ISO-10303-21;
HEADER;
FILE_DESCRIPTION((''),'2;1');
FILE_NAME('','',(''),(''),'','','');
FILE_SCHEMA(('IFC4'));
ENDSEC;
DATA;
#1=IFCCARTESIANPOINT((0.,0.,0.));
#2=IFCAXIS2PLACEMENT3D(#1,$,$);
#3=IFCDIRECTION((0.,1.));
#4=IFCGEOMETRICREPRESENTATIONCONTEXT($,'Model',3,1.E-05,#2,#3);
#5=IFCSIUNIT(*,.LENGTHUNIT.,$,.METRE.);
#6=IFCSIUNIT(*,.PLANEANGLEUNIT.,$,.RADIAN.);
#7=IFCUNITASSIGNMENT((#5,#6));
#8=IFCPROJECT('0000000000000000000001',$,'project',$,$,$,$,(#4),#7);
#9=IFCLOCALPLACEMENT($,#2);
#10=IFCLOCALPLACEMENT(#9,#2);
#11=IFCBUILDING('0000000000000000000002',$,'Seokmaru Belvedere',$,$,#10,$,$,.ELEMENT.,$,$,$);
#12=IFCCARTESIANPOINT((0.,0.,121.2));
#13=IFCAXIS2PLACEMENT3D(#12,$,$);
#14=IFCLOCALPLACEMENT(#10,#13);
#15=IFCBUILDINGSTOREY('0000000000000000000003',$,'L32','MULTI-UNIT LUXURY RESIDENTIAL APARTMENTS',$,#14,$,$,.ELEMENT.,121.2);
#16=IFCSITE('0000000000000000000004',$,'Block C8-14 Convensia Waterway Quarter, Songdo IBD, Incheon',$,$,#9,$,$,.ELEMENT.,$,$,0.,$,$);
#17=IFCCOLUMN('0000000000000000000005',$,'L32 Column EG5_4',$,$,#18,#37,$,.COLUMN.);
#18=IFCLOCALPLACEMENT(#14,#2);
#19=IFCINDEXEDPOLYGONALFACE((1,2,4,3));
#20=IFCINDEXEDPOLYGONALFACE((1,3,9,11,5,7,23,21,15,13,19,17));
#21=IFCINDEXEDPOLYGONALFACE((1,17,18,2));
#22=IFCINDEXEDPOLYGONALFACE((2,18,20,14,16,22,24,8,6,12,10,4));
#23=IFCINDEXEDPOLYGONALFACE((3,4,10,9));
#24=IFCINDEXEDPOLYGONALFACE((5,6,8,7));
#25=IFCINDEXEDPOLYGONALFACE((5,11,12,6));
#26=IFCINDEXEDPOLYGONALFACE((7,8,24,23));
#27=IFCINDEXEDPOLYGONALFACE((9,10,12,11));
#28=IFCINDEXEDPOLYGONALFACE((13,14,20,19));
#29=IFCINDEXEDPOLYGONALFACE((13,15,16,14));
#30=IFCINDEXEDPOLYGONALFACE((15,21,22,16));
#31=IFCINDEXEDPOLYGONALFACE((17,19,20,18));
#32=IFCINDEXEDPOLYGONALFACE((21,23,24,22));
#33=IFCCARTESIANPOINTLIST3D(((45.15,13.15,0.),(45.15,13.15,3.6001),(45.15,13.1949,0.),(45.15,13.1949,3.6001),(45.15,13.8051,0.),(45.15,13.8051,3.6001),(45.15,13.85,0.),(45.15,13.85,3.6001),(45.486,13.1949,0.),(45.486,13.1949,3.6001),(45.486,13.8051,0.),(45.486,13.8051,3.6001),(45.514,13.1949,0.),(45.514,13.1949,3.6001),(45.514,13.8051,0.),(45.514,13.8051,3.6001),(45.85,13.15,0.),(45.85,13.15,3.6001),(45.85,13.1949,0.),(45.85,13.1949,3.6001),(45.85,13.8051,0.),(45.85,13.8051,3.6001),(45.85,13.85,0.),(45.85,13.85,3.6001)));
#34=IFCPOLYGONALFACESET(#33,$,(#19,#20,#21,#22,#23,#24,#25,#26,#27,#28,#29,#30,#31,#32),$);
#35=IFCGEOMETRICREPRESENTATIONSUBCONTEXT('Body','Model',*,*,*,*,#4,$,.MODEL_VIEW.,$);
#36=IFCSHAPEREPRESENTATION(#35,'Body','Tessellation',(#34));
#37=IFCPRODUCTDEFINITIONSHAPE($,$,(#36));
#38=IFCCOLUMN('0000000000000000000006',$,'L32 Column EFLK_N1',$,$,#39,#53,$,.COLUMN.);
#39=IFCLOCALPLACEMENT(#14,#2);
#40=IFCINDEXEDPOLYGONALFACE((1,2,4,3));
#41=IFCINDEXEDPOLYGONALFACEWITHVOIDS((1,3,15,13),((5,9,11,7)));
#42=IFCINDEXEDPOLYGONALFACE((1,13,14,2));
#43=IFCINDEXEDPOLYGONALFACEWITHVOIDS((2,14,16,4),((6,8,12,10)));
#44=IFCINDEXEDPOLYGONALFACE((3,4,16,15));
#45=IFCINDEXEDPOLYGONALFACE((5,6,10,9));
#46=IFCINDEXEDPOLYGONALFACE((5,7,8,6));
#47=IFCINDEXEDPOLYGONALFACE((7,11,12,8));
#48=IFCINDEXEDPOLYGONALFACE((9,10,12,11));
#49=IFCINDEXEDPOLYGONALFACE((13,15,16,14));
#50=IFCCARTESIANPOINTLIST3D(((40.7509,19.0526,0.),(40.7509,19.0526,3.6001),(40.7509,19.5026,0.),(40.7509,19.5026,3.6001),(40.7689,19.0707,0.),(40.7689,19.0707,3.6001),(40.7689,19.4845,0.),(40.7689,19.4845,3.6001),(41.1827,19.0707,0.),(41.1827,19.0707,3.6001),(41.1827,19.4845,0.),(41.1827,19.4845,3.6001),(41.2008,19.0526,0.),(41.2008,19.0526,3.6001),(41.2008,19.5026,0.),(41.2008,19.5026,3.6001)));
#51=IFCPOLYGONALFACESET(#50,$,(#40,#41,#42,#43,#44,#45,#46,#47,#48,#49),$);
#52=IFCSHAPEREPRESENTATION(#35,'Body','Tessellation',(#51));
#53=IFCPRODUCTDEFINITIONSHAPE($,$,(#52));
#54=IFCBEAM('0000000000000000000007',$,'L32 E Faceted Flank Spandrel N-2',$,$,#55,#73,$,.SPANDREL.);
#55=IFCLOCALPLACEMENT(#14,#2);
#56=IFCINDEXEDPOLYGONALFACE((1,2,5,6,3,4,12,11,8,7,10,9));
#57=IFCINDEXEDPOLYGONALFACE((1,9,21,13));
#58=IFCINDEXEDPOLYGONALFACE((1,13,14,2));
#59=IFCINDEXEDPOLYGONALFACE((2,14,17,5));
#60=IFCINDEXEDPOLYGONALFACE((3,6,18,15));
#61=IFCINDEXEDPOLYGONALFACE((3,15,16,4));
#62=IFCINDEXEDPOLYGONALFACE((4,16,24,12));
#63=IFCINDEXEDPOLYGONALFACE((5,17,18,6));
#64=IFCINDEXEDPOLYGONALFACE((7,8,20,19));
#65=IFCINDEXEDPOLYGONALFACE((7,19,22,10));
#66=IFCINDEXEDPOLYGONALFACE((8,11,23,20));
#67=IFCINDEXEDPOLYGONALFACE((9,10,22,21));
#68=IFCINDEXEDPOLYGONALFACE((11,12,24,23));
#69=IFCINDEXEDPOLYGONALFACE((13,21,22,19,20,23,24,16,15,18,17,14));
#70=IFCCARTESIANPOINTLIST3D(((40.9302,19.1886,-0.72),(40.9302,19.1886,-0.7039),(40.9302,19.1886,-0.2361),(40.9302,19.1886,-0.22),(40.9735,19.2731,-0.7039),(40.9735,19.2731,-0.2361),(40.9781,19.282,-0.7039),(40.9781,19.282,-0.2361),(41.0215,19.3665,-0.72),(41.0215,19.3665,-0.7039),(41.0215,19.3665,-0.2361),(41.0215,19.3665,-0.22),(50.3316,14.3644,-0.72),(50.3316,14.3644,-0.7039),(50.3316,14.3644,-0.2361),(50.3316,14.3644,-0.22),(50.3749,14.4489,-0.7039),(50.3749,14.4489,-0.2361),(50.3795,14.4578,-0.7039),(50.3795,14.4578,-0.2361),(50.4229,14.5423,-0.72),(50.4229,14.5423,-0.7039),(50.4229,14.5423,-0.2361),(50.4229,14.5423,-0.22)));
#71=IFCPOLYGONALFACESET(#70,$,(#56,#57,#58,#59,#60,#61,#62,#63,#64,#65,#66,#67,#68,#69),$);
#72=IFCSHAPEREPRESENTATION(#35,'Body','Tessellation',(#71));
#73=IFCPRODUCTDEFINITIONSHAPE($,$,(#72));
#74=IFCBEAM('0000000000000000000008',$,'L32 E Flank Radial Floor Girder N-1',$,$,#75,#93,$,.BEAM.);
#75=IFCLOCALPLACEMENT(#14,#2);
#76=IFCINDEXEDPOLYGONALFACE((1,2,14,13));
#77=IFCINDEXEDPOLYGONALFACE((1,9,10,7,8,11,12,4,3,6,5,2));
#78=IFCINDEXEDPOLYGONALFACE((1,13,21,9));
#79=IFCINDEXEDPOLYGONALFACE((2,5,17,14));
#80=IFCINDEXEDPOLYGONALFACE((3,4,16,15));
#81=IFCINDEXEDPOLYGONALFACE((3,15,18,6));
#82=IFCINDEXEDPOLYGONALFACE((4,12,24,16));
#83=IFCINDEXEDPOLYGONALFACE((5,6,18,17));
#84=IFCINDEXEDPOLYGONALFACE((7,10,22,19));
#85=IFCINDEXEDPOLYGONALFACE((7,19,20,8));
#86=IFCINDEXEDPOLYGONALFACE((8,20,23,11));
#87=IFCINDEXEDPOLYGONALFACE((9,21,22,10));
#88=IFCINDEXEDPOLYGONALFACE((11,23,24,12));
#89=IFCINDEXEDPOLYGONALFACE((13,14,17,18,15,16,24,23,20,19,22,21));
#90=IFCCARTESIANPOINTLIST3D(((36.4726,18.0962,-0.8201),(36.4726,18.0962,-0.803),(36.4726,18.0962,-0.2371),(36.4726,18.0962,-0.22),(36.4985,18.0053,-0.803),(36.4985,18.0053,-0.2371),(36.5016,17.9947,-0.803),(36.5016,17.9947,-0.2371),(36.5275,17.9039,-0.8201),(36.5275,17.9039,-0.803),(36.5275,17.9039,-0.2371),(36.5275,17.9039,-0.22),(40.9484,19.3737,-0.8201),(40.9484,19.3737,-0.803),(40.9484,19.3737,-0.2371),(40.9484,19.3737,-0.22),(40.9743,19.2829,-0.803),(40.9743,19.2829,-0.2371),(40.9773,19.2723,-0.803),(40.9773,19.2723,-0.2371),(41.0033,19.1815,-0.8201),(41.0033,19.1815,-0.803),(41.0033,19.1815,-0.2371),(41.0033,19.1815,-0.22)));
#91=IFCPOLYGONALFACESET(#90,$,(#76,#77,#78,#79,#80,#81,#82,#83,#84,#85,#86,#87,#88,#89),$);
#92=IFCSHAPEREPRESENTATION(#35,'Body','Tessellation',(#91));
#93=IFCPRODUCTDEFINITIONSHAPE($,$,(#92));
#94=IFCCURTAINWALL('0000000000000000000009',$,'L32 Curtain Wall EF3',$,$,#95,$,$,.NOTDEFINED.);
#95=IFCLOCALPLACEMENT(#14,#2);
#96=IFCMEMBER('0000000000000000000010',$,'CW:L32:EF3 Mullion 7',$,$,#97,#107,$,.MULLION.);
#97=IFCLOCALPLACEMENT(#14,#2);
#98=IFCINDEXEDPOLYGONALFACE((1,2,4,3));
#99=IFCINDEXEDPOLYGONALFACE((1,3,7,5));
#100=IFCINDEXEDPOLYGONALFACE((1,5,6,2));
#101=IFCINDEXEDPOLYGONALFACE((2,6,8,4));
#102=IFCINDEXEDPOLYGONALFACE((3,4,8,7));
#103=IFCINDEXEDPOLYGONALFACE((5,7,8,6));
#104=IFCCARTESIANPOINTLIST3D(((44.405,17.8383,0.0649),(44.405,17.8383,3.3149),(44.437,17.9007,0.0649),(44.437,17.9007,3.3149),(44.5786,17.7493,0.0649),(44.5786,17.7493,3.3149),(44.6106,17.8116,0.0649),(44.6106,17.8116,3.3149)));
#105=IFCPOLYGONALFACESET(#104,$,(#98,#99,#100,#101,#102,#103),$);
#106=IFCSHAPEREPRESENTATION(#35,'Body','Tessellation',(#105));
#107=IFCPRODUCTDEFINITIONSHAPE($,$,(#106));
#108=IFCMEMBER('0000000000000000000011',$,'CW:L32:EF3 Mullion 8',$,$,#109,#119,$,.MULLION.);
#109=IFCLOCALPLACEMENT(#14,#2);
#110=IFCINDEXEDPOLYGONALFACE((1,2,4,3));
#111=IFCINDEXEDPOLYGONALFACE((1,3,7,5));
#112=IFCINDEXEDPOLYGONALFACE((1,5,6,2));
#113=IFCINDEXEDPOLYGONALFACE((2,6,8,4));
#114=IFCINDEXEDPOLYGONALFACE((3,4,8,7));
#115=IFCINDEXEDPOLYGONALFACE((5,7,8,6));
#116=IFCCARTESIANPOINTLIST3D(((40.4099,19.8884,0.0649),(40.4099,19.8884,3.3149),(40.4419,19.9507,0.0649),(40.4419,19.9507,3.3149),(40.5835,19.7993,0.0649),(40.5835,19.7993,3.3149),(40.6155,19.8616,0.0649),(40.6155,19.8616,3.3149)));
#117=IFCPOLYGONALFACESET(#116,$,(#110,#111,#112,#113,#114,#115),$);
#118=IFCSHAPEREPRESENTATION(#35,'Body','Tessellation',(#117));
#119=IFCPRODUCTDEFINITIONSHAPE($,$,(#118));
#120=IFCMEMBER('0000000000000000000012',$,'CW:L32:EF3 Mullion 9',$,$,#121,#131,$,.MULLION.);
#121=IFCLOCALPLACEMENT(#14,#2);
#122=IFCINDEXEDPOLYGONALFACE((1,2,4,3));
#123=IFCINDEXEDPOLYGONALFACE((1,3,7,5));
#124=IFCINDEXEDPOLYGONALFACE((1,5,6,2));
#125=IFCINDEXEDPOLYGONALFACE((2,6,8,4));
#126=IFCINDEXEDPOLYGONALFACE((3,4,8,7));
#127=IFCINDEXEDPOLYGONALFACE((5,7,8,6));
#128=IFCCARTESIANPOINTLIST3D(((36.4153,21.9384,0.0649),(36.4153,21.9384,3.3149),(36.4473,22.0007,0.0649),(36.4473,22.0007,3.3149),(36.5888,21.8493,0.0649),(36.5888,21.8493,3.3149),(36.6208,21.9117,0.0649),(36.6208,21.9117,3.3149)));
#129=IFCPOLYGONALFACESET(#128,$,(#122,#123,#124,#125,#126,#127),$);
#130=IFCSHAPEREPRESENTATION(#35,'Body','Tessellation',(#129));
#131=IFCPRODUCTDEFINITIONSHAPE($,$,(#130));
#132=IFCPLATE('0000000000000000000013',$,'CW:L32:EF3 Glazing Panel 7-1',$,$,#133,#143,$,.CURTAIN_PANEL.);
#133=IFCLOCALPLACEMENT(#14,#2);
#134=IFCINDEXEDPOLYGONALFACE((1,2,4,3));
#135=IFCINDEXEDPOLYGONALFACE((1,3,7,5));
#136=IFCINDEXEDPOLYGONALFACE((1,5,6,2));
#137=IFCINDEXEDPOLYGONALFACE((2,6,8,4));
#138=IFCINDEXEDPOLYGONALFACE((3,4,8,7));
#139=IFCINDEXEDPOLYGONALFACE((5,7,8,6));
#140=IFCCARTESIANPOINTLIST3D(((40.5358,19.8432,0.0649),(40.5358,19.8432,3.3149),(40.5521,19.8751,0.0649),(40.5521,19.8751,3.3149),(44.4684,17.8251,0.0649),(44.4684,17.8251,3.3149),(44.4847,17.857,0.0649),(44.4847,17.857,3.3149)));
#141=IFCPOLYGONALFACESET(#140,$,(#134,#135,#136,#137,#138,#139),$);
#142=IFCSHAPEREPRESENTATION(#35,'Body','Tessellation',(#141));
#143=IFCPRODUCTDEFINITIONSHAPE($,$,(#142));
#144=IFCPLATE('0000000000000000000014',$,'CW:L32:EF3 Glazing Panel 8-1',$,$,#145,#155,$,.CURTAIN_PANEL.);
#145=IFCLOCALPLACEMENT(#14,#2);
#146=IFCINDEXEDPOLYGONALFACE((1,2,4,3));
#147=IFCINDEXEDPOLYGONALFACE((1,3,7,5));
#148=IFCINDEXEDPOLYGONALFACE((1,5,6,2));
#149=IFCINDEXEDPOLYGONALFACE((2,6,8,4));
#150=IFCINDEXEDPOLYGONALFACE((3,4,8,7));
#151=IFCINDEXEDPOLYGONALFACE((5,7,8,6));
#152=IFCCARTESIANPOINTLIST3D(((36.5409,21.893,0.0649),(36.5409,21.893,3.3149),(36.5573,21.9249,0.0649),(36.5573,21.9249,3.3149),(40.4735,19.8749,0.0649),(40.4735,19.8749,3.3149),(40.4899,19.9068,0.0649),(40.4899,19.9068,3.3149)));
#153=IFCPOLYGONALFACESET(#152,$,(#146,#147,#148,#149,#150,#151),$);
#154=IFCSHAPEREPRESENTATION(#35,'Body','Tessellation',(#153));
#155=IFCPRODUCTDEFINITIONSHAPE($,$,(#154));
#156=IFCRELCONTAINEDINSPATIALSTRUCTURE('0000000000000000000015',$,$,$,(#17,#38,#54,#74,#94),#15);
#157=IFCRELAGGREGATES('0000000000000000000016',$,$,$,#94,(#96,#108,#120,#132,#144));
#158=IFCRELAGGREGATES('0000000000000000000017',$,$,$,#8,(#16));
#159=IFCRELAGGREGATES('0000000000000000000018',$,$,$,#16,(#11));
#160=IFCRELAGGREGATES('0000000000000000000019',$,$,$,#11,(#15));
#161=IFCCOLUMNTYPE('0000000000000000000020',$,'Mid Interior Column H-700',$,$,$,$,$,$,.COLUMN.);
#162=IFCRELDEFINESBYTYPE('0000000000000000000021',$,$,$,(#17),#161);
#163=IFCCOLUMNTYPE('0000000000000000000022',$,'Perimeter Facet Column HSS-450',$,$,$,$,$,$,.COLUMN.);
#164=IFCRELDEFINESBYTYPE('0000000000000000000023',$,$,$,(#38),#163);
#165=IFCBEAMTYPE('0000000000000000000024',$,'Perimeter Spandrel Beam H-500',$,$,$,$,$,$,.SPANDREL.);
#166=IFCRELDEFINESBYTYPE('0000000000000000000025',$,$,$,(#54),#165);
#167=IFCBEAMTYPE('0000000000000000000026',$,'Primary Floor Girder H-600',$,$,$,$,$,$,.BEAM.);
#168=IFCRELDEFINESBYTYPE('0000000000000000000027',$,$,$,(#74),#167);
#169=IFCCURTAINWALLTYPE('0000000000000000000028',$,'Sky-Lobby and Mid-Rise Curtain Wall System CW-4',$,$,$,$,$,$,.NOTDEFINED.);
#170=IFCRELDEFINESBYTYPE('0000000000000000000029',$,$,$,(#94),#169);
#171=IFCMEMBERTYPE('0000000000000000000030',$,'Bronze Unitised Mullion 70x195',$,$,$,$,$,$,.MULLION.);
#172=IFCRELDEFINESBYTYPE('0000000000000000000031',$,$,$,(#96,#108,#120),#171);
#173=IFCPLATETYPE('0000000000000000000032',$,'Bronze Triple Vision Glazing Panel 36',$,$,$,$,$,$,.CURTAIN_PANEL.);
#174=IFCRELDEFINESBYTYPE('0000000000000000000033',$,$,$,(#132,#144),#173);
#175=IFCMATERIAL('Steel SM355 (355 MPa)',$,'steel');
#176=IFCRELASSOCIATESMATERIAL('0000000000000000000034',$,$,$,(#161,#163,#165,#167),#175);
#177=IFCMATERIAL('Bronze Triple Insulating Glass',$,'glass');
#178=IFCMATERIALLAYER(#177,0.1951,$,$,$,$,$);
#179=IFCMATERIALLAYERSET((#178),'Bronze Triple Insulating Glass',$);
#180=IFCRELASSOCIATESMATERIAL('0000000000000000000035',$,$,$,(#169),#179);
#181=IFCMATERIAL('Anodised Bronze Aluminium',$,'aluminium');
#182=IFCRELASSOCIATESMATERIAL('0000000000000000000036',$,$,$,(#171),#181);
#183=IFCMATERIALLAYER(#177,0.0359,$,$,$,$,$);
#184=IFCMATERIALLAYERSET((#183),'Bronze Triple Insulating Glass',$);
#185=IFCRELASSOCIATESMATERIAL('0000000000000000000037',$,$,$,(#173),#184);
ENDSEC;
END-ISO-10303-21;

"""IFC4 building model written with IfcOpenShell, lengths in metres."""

from ifc_helpers import new_model, si_unit, direction, frame, origin, origin_2d, place, context, subcontext, project, spatial, rectangle, hollow_rectangle, i_section, extrude, source, transform, mapped, material, layer, layer_set, material_profile, profile_set, type_object, type_shapes, element, aggregate, save


model = new_model("IFC4")

# Units and contexts
model_context = context("Model", 3, precision=1e-05, world=origin(), true_north=direction((0.0, 1.0)))
body_context = subcontext(model_context, "Body", "Model", "MODEL_VIEW")
ifc_project = project(units=[si_unit("LENGTHUNIT", "METRE"), si_unit("PLANEANGLEUNIT", "RADIAN")], contexts=[model_context])

# Site, building, storey
site_placement = place(None, origin())
site = spatial("IfcSite", under=ifc_project, at=site_placement, Name="Block C8-14 Convensia Waterway Quarter, Songdo IBD, Incheon", CompositionType="ELEMENT", RefElevation=0.0)
building_placement = place(site_placement, origin())
building = spatial("IfcBuilding", under=site, at=building_placement, Name="Seokmaru Belvedere", CompositionType="ELEMENT")
storey_placement = place(building_placement, frame((0.0, 0.0, 121.2)))
storey = spatial("IfcBuildingStorey", under=building, at=storey_placement, Name="L32", Description="MULTI-UNIT LUXURY RESIDENTIAL APARTMENTS", CompositionType="ELEMENT", Elevation=121.2)

# Columns
ifc_material_1 = material(Name="Steel SM355 (355 MPa)", Category="steel")
ifc_material_profile_1 = material_profile(ifc_material_1, i_section(OverallWidth=0.7, OverallDepth=0.7, WebThickness=0.0281, FlangeThickness=0.0449, at=origin_2d()), Name="H-700x700x28x45")
ifc_profile_set_1 = profile_set([ifc_material_profile_1], Name="Steel SM355 (355 MPa)")
column_type_1 = type_object("IfcColumnType", Name="Mid Interior Column H-700", PredefinedType="COLUMN", material=ifc_profile_set_1)
shared_shape_1 = source(origin(), body_context, "Body", "SweptSolid", [
    extrude(i_section(OverallWidth=0.7, OverallDepth=0.7, WebThickness=0.0281, FlangeThickness=0.0449, at=origin_2d()), origin(), (0.0, 0.0, 1.0), 3.6001),
])
type_shapes(column_type_1, [shared_shape_1])
column_1_placement = place(storey_placement, frame((45.5, 13.5, 0.0), z_axis=(0.0, 0.0, 1.0), x_axis=(1.0, 0.0, 0.0)))
element("IfcColumn", 1, at=column_1_placement, inside=storey, type_object=column_type_1, Name="L32 Column EG5_4", PredefinedType="COLUMN", context=body_context, shape_type="MappedRepresentation", body=[
    mapped(shared_shape_1, transform((0.0, 0.0, 0.0), scale=1.0)),
])
ifc_material_profile_2 = material_profile(ifc_material_1, hollow_rectangle(XDim=0.45, YDim=0.45, WallThickness=0.0181, at=origin_2d()), Name="HSS-450x450x18")
ifc_profile_set_2 = profile_set([ifc_material_profile_2], Name="Steel SM355 (355 MPa)")
column_type_2 = type_object("IfcColumnType", Name="Perimeter Facet Column HSS-450", PredefinedType="COLUMN", material=ifc_profile_set_2)
shared_shape_2 = source(origin(), body_context, "Body", "SweptSolid", [
    extrude(hollow_rectangle(XDim=0.45, YDim=0.45, WallThickness=0.0181, at=origin_2d()), origin(), (0.0, 0.0, 1.0), 3.6001),
])
type_shapes(column_type_2, [shared_shape_2])
column_2_placement = place(storey_placement, frame((40.9758, 19.2776, 0.0), z_axis=(0.0, 0.0, 1.0), x_axis=(1.0, 0.0, 0.0)))
element("IfcColumn", 2, at=column_2_placement, inside=storey, type_object=column_type_2, Name="L32 Column EFLK_N1", PredefinedType="COLUMN", context=body_context, shape_type="MappedRepresentation", body=[
    mapped(shared_shape_2, transform((0.0, 0.0, 0.0), scale=1.0)),
])

# Beams
ifc_material_profile_3 = material_profile(ifc_material_1, i_section(OverallWidth=0.2, OverallDepth=0.5, WebThickness=0.01, FlangeThickness=0.0161, at=origin_2d()), Name="H-500x200x10x16")
ifc_profile_set_3 = profile_set([ifc_material_profile_3], Name="Steel SM355 (355 MPa)")
beam_type_1 = type_object("IfcBeamType", Name="Perimeter Spandrel Beam H-500", PredefinedType="SPANDREL", material=ifc_profile_set_3)
shared_shape_3 = source(origin(), body_context, "Body", "SweptSolid", [
    extrude(i_section(OverallWidth=0.2, OverallDepth=0.5, WebThickness=0.01, FlangeThickness=0.0161, at=origin_2d()), origin(), (0.0, 0.0, 1.0), 10.5669),
])
type_shapes(beam_type_1, [shared_shape_3])
beam_1_placement = place(storey_placement, frame((40.9758, 19.2776, -0.47), z_axis=(0.889702, -0.456542, 0.0), x_axis=(0.456542, 0.889702, 0.0)))
element("IfcBeam", 3, at=beam_1_placement, inside=storey, type_object=beam_type_1, Name="L32 E Faceted Flank Spandrel N-2", PredefinedType="SPANDREL", context=body_context, shape_type="MappedRepresentation", body=[
    mapped(shared_shape_3, transform((0.0, 0.0, 0.0), scale=1.0)),
])
ifc_material_profile_4 = material_profile(ifc_material_1, i_section(OverallWidth=0.2, OverallDepth=0.6001, WebThickness=0.011, FlangeThickness=0.0171, at=origin_2d()), Name="H-600x200x11x17")
ifc_profile_set_4 = profile_set([ifc_material_profile_4], Name="Steel SM355 (355 MPa)")
beam_type_2 = type_object("IfcBeamType", Name="Primary Floor Girder H-600", PredefinedType="BEAM", material=ifc_profile_set_4)
shared_shape_4 = source(origin(), body_context, "Body", "SweptSolid", [
    extrude(i_section(OverallWidth=0.2, OverallDepth=0.6001, WebThickness=0.011, FlangeThickness=0.0171, at=origin_2d()), origin(), (0.0, 0.0, 1.0), 4.6545),
])
type_shapes(beam_type_2, [shared_shape_4])
beam_2_placement = place(storey_placement, frame((40.9758, 19.2776, -0.52), z_axis=(-0.961593, -0.274479, 0.0), x_axis=(0.274479, -0.961593, 0.0)))
element("IfcBeam", 4, at=beam_2_placement, inside=storey, type_object=beam_type_2, Name="L32 E Flank Radial Floor Girder N-1", PredefinedType="BEAM", context=body_context, shape_type="MappedRepresentation", body=[
    mapped(shared_shape_4, transform((0.0, 0.0, 0.0), scale=1.0)),
])

# Curtain wall, members, plates
ifc_material_2 = material(Name="Bronze Triple Insulating Glass", Category="glass")
ifc_layer_1 = layer(ifc_material_2, 0.1951)
ifc_layer_set_1 = layer_set([ifc_layer_1], Name="Bronze Triple Insulating Glass")
curtain_wall_type = type_object("IfcCurtainWallType", Name="Sky-Lobby and Mid-Rise Curtain Wall System CW-4", PredefinedType="NOTDEFINED", material=ifc_layer_set_1)
curtain_wall_placement = place(storey_placement, origin())
curtain_wall = element("IfcCurtainWall", 5, at=curtain_wall_placement, inside=storey, type_object=curtain_wall_type, Name="L32 Curtain Wall EF3", PredefinedType="NOTDEFINED")
ifc_material_3 = material(Name="Anodised Bronze Aluminium", Category="aluminium")
ifc_material_profile_5 = material_profile(ifc_material_3, rectangle(XDim=0.0701, YDim=0.1951, at=origin_2d()), Name="CW-M-70x195")
ifc_profile_set_5 = profile_set([ifc_material_profile_5], Name="Anodised Bronze Aluminium")
member_type = type_object("IfcMemberType", Name="Bronze Unitised Mullion 70x195", PredefinedType="MULLION", material=ifc_profile_set_5)
shared_shape_5 = source(origin(), body_context, "Body", "SweptSolid", [
    extrude(rectangle(XDim=0.0701, YDim=0.1951, at=origin_2d()), origin(), (0.0, 0.0, 1.0), 3.25),
])
type_shapes(member_type, [shared_shape_5])
member_1_placement = place(storey_placement, frame((44.5078, 17.825, 0.0649), z_axis=(0.0, 0.0, 1.0), x_axis=(-0.456555, -0.889695, 0.0)))
member_1 = element("IfcMember", 6, at=member_1_placement, type_object=member_type, Name="CW:L32:EF3 Mullion 7", PredefinedType="MULLION", context=body_context, shape_type="MappedRepresentation", body=[
    mapped(shared_shape_5, transform((0.0, 0.0, 0.0), scale=1.0)),
])
member_2_placement = place(storey_placement, frame((40.5127, 19.875, 0.0649), z_axis=(0.0, 0.0, 1.0), x_axis=(-0.456555, -0.889695, 0.0)))
member_2 = element("IfcMember", 7, at=member_2_placement, type_object=member_type, Name="CW:L32:EF3 Mullion 8", PredefinedType="MULLION", context=body_context, shape_type="MappedRepresentation", body=[
    mapped(shared_shape_5, transform((0.0, 0.0, 0.0), scale=1.0)),
])
member_3_placement = place(storey_placement, frame((36.5181, 21.925, 0.0649), z_axis=(0.0, 0.0, 1.0), x_axis=(-0.456555, -0.889695, 0.0)))
member_3 = element("IfcMember", 8, at=member_3_placement, type_object=member_type, Name="CW:L32:EF3 Mullion 9", PredefinedType="MULLION", context=body_context, shape_type="MappedRepresentation", body=[
    mapped(shared_shape_5, transform((0.0, 0.0, 0.0), scale=1.0)),
])
ifc_layer_2 = layer(ifc_material_2, 0.0359)
ifc_layer_set_2 = layer_set([ifc_layer_2], Name="Bronze Triple Insulating Glass")
plate_type = type_object("IfcPlateType", Name="Bronze Triple Vision Glazing Panel 36", PredefinedType="CURTAIN_PANEL", material=ifc_layer_set_2)
shared_shape_6 = source(origin(), body_context, "Body", "SweptSolid", [
    extrude(rectangle(XDim=4.4202, YDim=0.0359, at=origin_2d()), origin(), (0.0, 0.0, 1.0), 3.25),
])
type_shapes(plate_type, [shared_shape_6])
plate_1_placement = place(storey_placement, frame((42.5103, 18.8501, 0.0649), z_axis=(0.0, 0.0, 1.0), x_axis=(-0.889695, 0.456555, 0.0)))
plate_1 = element("IfcPlate", 9, at=plate_1_placement, type_object=plate_type, Name="CW:L32:EF3 Glazing Panel 7-1", PredefinedType="CURTAIN_PANEL", context=body_context, shape_type="MappedRepresentation", body=[
    mapped(shared_shape_6, transform((0.0, 0.0, 0.0), scale=1.0)),
])
plate_2_placement = place(storey_placement, frame((38.5154, 20.8999, 0.0649), z_axis=(0.0, 0.0, 1.0), x_axis=(-0.889695, 0.456555, 0.0)))
plate_2 = element("IfcPlate", 10, at=plate_2_placement, type_object=plate_type, Name="CW:L32:EF3 Glazing Panel 8-1", PredefinedType="CURTAIN_PANEL", context=body_context, shape_type="MappedRepresentation", body=[
    mapped(shared_shape_6, transform((0.0, 0.0, 0.0), scale=1.0)),
])
aggregate(curtain_wall, [member_1, member_2, member_3, plate_1, plate_2])

save(model, "model.ifc")
